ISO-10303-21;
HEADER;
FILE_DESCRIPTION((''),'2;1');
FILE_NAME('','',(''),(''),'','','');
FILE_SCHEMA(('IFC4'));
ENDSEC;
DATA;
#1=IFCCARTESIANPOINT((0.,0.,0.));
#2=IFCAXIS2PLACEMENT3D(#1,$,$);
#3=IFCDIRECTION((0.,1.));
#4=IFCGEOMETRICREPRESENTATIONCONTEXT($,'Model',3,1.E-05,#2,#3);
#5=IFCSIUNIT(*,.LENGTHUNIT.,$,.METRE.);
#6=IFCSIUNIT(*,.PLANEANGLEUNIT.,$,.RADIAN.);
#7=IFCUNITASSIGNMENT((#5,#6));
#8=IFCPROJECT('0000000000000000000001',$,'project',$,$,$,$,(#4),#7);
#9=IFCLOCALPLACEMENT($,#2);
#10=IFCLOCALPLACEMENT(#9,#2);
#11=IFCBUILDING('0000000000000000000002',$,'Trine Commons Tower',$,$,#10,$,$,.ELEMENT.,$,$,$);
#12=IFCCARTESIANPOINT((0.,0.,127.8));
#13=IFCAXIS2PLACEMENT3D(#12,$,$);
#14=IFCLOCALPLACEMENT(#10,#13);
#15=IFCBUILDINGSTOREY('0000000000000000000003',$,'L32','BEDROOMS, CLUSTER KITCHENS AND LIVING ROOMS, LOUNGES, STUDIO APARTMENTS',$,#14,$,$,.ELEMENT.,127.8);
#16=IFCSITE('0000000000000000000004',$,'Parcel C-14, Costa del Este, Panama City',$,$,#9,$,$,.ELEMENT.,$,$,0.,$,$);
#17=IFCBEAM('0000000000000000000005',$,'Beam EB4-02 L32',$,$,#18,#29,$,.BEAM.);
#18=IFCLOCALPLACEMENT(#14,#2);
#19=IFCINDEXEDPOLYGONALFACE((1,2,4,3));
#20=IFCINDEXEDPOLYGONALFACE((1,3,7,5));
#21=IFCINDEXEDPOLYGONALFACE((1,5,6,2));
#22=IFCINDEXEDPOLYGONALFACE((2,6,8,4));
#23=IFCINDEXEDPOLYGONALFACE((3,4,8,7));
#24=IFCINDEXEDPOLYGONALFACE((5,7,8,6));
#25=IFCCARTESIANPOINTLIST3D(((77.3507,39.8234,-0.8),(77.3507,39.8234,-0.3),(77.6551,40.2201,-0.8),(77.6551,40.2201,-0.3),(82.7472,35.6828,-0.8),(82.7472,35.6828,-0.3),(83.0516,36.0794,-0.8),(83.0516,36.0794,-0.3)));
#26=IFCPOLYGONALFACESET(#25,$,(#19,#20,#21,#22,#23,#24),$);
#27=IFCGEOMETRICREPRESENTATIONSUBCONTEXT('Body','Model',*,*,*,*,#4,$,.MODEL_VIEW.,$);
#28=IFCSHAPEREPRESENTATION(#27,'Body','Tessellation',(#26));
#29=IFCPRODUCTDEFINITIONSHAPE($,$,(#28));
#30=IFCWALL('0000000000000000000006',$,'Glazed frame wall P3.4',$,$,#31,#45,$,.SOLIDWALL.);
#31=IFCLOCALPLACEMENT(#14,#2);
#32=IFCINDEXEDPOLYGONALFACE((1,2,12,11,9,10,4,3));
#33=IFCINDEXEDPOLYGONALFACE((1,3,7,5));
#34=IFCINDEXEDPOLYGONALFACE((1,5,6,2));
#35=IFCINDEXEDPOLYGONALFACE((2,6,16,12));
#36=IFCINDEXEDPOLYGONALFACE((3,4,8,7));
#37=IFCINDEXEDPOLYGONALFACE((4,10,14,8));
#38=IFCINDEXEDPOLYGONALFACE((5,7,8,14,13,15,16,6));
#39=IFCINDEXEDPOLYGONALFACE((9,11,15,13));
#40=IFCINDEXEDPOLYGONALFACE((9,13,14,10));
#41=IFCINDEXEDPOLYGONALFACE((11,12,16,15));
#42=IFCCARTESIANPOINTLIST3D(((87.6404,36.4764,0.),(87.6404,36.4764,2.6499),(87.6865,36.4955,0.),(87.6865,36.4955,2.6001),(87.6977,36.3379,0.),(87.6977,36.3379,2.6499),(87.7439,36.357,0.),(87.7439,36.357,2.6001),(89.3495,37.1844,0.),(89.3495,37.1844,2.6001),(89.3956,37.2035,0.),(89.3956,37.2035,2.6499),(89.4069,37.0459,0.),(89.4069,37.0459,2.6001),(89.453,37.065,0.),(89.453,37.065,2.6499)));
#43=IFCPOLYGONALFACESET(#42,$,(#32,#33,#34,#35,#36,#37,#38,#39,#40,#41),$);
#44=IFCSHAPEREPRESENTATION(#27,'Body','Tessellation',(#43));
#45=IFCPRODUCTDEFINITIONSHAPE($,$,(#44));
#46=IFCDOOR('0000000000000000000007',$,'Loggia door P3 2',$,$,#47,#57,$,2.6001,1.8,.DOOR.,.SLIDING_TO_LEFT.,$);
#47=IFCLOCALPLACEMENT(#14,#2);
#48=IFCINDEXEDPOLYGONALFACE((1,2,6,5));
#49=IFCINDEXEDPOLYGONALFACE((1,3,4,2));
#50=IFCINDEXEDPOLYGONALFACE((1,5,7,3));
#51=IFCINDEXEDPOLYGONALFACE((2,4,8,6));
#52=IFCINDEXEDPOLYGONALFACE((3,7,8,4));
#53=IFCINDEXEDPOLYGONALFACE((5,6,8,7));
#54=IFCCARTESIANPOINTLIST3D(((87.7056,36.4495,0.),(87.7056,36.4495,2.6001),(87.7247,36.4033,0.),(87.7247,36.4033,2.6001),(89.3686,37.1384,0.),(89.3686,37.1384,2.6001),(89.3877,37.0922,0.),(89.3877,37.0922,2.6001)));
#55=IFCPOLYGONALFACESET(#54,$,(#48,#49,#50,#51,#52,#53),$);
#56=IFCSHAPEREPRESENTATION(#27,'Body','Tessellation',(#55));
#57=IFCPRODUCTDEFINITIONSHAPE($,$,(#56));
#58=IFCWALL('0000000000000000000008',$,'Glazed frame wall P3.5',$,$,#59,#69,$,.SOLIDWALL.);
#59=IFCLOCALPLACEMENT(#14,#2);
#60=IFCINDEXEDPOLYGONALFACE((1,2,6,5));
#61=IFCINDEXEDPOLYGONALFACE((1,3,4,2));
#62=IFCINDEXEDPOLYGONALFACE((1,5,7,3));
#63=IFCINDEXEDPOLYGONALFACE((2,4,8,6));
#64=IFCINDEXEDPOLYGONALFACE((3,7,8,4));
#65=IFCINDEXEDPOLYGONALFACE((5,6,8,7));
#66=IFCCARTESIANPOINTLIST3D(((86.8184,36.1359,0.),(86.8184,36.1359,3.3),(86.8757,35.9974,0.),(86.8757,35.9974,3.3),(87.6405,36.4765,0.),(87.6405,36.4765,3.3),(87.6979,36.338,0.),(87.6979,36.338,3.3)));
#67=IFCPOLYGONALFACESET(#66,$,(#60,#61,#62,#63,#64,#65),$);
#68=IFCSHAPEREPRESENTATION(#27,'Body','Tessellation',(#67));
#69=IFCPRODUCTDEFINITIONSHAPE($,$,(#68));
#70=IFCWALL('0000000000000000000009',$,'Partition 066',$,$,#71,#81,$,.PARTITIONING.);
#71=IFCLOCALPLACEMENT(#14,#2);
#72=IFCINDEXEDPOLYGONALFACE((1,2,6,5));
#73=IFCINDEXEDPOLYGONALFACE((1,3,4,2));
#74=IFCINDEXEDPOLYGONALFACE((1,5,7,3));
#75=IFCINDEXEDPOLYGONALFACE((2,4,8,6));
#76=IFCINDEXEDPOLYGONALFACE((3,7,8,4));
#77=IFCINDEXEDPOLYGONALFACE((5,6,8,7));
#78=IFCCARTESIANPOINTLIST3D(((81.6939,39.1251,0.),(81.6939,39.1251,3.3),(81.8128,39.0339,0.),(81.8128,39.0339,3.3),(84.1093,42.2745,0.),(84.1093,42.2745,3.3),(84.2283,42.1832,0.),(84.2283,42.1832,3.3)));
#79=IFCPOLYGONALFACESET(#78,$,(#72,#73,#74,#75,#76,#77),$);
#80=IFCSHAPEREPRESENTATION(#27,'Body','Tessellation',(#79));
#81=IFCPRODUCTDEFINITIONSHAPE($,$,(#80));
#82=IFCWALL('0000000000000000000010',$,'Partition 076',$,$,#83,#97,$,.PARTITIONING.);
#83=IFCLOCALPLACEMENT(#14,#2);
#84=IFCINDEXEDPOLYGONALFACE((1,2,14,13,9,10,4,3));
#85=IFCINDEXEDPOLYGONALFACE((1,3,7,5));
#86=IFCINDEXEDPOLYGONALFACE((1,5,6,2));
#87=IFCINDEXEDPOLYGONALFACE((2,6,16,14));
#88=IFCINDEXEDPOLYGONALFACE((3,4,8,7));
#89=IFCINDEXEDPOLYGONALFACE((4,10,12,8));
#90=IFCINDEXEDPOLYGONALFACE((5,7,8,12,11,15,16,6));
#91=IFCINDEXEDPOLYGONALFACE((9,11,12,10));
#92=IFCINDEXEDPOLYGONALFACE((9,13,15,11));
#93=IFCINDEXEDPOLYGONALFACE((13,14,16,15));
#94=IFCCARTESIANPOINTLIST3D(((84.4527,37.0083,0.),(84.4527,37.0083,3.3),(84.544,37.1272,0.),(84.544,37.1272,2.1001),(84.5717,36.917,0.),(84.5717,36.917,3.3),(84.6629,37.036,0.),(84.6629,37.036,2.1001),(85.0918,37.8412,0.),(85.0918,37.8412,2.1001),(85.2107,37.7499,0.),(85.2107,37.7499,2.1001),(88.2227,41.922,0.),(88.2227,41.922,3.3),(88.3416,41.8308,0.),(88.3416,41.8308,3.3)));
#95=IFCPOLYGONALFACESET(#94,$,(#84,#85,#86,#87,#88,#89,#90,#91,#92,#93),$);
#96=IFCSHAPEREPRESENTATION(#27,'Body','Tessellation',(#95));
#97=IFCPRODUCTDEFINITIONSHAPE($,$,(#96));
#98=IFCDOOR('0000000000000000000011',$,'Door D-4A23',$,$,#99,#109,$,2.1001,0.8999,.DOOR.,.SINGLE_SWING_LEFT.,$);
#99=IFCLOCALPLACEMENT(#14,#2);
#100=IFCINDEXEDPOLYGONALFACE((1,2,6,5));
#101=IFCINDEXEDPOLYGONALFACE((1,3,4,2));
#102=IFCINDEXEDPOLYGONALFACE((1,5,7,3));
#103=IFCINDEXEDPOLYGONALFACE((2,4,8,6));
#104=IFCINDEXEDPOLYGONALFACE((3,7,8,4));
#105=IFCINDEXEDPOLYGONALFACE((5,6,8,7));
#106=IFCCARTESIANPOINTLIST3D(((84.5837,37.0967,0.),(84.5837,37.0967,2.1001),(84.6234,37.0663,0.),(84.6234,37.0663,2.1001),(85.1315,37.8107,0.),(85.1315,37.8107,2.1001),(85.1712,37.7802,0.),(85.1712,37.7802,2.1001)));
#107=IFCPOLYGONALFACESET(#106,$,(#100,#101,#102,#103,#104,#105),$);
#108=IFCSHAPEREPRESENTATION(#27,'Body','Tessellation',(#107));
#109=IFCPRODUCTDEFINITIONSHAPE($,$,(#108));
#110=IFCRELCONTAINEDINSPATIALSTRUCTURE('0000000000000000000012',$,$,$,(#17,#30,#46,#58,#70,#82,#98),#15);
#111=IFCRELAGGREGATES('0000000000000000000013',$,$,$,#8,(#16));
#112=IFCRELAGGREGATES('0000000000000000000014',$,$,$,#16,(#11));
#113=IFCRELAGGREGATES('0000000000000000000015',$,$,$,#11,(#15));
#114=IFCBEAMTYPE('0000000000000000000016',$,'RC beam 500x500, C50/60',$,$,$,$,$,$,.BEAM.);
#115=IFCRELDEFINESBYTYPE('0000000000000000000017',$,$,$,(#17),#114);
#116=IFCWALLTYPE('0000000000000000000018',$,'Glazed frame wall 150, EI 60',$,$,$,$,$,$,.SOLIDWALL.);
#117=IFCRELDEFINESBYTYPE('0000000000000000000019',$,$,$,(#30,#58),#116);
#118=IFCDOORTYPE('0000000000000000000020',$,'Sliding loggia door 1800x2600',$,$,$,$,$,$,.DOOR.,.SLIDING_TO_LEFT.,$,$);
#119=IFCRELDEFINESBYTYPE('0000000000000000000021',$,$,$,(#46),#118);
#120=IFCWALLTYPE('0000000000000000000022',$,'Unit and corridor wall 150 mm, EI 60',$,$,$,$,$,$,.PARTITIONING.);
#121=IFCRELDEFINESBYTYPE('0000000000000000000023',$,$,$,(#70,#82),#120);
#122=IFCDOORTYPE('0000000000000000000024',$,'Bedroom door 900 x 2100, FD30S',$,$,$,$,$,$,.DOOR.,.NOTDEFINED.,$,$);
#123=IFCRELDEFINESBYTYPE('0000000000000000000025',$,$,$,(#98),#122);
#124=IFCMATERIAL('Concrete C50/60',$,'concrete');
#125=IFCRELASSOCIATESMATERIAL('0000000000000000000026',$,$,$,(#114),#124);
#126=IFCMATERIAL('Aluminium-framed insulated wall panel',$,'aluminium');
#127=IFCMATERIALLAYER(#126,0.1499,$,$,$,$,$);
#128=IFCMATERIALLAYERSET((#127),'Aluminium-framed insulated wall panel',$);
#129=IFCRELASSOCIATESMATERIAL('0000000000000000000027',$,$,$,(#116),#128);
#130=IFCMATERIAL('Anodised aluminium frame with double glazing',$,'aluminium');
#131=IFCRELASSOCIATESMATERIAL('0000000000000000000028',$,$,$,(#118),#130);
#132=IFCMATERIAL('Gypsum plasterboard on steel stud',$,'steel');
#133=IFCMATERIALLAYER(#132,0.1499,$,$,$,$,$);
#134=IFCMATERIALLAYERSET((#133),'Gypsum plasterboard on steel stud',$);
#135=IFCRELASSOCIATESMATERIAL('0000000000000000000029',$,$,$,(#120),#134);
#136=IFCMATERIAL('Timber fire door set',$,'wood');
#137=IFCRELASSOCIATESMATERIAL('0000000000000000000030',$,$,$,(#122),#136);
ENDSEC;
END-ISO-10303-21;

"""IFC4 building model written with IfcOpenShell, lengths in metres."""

from ifc_helpers import new_model, si_unit, direction, frame, frame_2d, origin, origin_2d, place, context, subcontext, project, spatial, polyline, rectangle, outline, extrude, material, layer, layer_set, material_profile, profile_set, type_object, element, fill, save


model = new_model("IFC4")

# Units and contexts
model_context = context("Model", 3, precision=1e-05, world=origin(), true_north=direction((0.0, 1.0)))
body_context = subcontext(model_context, "Body", "Model", "MODEL_VIEW")
ifc_project = project(units=[si_unit("LENGTHUNIT", "METRE"), si_unit("PLANEANGLEUNIT", "RADIAN")], contexts=[model_context])

# Site, building, storey
site_placement = place(None, origin())
site = spatial("IfcSite", under=ifc_project, at=site_placement, Name="Parcel C-14, Costa del Este, Panama City", CompositionType="ELEMENT", RefElevation=0.0)
building_placement = place(site_placement, origin())
building = spatial("IfcBuilding", under=site, at=building_placement, Name="Trine Commons Tower", CompositionType="ELEMENT")
storey_placement = place(building_placement, frame((0.0, 0.0, 127.8)))
storey = spatial("IfcBuildingStorey", under=building, at=storey_placement, Name="L32", Description="BEDROOMS, CLUSTER KITCHENS AND LIVING ROOMS, LOUNGES, STUDIO APARTMENTS", CompositionType="ELEMENT", Elevation=127.8)

# Beam
ifc_material_1 = material(Name="Concrete C50/60", Category="concrete")
ifc_material_profile = material_profile(ifc_material_1, rectangle(XDim=0.5, YDim=0.5, at=origin_2d()), Name="RC 500x500")
ifc_profile_set = profile_set([ifc_material_profile], Name="Concrete C50/60")
beam_type = type_object("IfcBeamType", Name="RC beam 500x500, C50/60", PredefinedType="BEAM", material=ifc_profile_set)
beam_placement = place(storey_placement, frame((82.8994, 35.8811, -0.55), z_axis=(-0.793371, 0.608739, 0.0), x_axis=(-0.608739, -0.793371, 0.0)))
element("IfcBeam", 1, at=beam_placement, inside=storey, type_object=beam_type, Name="Beam EB4-02 L32", PredefinedType="BEAM", context=body_context, shape_type="SweptSolid", body=[
    extrude(rectangle(XDim=0.5, YDim=0.5, at=origin_2d()), origin(), (0.0, 0.0, 1.0), 6.802),
])

# Wall, opening, door
ifc_material_2 = material(Name="Aluminium-framed insulated wall panel", Category="aluminium")
ifc_layer_1 = layer(ifc_material_2, 0.1499)
ifc_layer_set_1 = layer_set([ifc_layer_1], Name="Aluminium-framed insulated wall panel")
wall_type_1 = type_object("IfcWallType", Name="Glazed frame wall 150, EI 60", PredefinedType="SOLIDWALL", material=ifc_layer_set_1)
wall_1_placement = place(storey_placement, frame((89.4243, 37.1343, 0.0), z_axis=(0.0, 0.0, 1.0), x_axis=(-0.92387, -0.382707, 0.0)))
wall_1 = element("IfcWall", 2, at=wall_1_placement, inside=storey, type_object=wall_type_1, Name="Glazed frame wall P3.4", PredefinedType="SOLIDWALL", context=body_context, shape_type="SweptSolid", body=[
    extrude(outline(polyline([(0.0, -0.075), (1.8999, -0.075), (1.8999, 0.075), (0.0, 0.075), (0.0, -0.075)])), origin(), (0.0, 0.0, 1.0), 2.6499),
])
opening_1_placement = place(wall_1_placement, frame((0.05, 0.0, 0.0)))
opening_1 = element("IfcOpeningElement", 3, at=opening_1_placement, cuts=wall_1, PredefinedType="OPENING", context=body_context, shape_type="SweptSolid", body=[
    extrude(rectangle(XDim=1.8, YDim=2.6001, at=frame_2d((0.8999, 1.3))), frame((0.0, 0.085, 0.0), z_axis=(0.0, -1.0, 0.0), x_axis=(1.0, 0.0, 0.0)), (0.0, 0.0, 1.0), 0.1699),
])
ifc_material_3 = material(Name="Anodised aluminium frame with double glazing", Category="aluminium")
door_type_1 = type_object("IfcDoorType", Name="Sliding loggia door 1800x2600", OperationType="SLIDING_TO_LEFT", PredefinedType="DOOR", material=ifc_material_3)
door_1_placement = place(opening_1_placement, origin())
door_1 = element("IfcDoor", 4, at=door_1_placement, inside=storey, type_object=door_type_1, Name="Loggia door P3 2", OperationType="SLIDING_TO_LEFT", OverallHeight=2.6001, OverallWidth=1.8, PredefinedType="DOOR", context=body_context, shape_type="SweptSolid", body=[
    extrude(rectangle(XDim=1.8, YDim=2.6001, at=frame_2d((0.8999, 1.3))), frame((0.0, 0.0249, 0.0), z_axis=(0.0, -1.0, 0.0), x_axis=(1.0, 0.0, 0.0)), (0.0, 0.0, 1.0), 0.05),
])
fill(opening_1, door_1)

# Walls
wall_2_placement = place(storey_placement, frame((87.6692, 36.4072, 0.0), z_axis=(0.0, 0.0, 1.0), x_axis=(-0.923862, -0.382725, 0.0)))
element("IfcWall", 5, at=wall_2_placement, inside=storey, type_object=wall_type_1, Name="Glazed frame wall P3.5", PredefinedType="SOLIDWALL", context=body_context, shape_type="SweptSolid", body=[
    extrude(outline(polyline([(0.8899, 0.075), (0.0, 0.075), (0.0, -0.075), (0.8899, -0.075), (0.8899, 0.075)])), origin(), (0.0, 0.0, 1.0), 3.3),
])
ifc_material_4 = material(Name="Gypsum plasterboard on steel stud", Category="steel")
ifc_layer_2 = layer(ifc_material_4, 0.1499)
ifc_layer_set_2 = layer_set([ifc_layer_2], Name="Gypsum plasterboard on steel stud")
wall_type_2 = type_object("IfcWallType", Name="Unit and corridor wall 150 mm, EI 60", PredefinedType="PARTITIONING", material=ifc_layer_set_2)
wall_3_placement = place(storey_placement, frame((81.7534, 39.0796, 0.0), z_axis=(0.0, 0.0, 1.0), x_axis=(0.608586, 0.793488, 0.0)))
element("IfcWall", 6, at=wall_3_placement, inside=storey, type_object=wall_type_2, Name="Partition 066", PredefinedType="PARTITIONING", context=body_context, shape_type="SweptSolid", body=[
    extrude(rectangle(XDim=3.969, YDim=0.1499, at=frame_2d((1.9844, 0.0))), origin(), (0.0, 0.0, 1.0), 3.3),
])

# Wall, opening, door
wall_4_placement = place(storey_placement, frame((84.5122, 36.9626, 0.0), z_axis=(0.0, 0.0, 1.0), x_axis=(0.608712, 0.793391, 0.0)))
wall_4 = element("IfcWall", 7, at=wall_4_placement, inside=storey, type_object=wall_type_2, Name="Partition 076", PredefinedType="PARTITIONING", context=body_context, shape_type="SweptSolid", body=[
    extrude(rectangle(XDim=6.1934, YDim=0.1499, at=frame_2d((3.0967, 0.0))), origin(), (0.0, 0.0, 1.0), 3.3),
])
opening_2_placement = place(wall_4_placement, frame((0.1499, 0.0, 0.0)))
opening_2 = element("IfcOpeningElement", 8, at=opening_2_placement, cuts=wall_4, PredefinedType="OPENING", context=body_context, shape_type="SweptSolid", body=[
    extrude(rectangle(XDim=0.8999, YDim=2.1001, at=frame_2d((0.45, 1.05))), frame((0.0, 0.085, 0.0), z_axis=(0.0, -1.0, 0.0), x_axis=(1.0, 0.0, 0.0)), (0.0, 0.0, 1.0), 0.1699),
])
ifc_material_5 = material(Name="Timber fire door set", Category="wood")
door_type_2 = type_object("IfcDoorType", Name="Bedroom door 900 x 2100, FD30S", OperationType="NOTDEFINED", PredefinedType="DOOR", material=ifc_material_5)
door_2_placement = place(opening_2_placement, origin())
door_2 = element("IfcDoor", 9, at=door_2_placement, inside=storey, type_object=door_type_2, Name="Door D-4A23", OperationType="SINGLE_SWING_LEFT", OverallHeight=2.1001, OverallWidth=0.8999, PredefinedType="DOOR", context=body_context, shape_type="SweptSolid", body=[
    extrude(rectangle(XDim=0.8999, YDim=2.1001, at=frame_2d((0.45, 1.05))), frame((0.0, 0.0249, 0.0), z_axis=(0.0, -1.0, 0.0), x_axis=(1.0, 0.0, 0.0)), (0.0, 0.0, 1.0), 0.05),
])
fill(opening_2, door_2)

save(model, "model.ifc")
